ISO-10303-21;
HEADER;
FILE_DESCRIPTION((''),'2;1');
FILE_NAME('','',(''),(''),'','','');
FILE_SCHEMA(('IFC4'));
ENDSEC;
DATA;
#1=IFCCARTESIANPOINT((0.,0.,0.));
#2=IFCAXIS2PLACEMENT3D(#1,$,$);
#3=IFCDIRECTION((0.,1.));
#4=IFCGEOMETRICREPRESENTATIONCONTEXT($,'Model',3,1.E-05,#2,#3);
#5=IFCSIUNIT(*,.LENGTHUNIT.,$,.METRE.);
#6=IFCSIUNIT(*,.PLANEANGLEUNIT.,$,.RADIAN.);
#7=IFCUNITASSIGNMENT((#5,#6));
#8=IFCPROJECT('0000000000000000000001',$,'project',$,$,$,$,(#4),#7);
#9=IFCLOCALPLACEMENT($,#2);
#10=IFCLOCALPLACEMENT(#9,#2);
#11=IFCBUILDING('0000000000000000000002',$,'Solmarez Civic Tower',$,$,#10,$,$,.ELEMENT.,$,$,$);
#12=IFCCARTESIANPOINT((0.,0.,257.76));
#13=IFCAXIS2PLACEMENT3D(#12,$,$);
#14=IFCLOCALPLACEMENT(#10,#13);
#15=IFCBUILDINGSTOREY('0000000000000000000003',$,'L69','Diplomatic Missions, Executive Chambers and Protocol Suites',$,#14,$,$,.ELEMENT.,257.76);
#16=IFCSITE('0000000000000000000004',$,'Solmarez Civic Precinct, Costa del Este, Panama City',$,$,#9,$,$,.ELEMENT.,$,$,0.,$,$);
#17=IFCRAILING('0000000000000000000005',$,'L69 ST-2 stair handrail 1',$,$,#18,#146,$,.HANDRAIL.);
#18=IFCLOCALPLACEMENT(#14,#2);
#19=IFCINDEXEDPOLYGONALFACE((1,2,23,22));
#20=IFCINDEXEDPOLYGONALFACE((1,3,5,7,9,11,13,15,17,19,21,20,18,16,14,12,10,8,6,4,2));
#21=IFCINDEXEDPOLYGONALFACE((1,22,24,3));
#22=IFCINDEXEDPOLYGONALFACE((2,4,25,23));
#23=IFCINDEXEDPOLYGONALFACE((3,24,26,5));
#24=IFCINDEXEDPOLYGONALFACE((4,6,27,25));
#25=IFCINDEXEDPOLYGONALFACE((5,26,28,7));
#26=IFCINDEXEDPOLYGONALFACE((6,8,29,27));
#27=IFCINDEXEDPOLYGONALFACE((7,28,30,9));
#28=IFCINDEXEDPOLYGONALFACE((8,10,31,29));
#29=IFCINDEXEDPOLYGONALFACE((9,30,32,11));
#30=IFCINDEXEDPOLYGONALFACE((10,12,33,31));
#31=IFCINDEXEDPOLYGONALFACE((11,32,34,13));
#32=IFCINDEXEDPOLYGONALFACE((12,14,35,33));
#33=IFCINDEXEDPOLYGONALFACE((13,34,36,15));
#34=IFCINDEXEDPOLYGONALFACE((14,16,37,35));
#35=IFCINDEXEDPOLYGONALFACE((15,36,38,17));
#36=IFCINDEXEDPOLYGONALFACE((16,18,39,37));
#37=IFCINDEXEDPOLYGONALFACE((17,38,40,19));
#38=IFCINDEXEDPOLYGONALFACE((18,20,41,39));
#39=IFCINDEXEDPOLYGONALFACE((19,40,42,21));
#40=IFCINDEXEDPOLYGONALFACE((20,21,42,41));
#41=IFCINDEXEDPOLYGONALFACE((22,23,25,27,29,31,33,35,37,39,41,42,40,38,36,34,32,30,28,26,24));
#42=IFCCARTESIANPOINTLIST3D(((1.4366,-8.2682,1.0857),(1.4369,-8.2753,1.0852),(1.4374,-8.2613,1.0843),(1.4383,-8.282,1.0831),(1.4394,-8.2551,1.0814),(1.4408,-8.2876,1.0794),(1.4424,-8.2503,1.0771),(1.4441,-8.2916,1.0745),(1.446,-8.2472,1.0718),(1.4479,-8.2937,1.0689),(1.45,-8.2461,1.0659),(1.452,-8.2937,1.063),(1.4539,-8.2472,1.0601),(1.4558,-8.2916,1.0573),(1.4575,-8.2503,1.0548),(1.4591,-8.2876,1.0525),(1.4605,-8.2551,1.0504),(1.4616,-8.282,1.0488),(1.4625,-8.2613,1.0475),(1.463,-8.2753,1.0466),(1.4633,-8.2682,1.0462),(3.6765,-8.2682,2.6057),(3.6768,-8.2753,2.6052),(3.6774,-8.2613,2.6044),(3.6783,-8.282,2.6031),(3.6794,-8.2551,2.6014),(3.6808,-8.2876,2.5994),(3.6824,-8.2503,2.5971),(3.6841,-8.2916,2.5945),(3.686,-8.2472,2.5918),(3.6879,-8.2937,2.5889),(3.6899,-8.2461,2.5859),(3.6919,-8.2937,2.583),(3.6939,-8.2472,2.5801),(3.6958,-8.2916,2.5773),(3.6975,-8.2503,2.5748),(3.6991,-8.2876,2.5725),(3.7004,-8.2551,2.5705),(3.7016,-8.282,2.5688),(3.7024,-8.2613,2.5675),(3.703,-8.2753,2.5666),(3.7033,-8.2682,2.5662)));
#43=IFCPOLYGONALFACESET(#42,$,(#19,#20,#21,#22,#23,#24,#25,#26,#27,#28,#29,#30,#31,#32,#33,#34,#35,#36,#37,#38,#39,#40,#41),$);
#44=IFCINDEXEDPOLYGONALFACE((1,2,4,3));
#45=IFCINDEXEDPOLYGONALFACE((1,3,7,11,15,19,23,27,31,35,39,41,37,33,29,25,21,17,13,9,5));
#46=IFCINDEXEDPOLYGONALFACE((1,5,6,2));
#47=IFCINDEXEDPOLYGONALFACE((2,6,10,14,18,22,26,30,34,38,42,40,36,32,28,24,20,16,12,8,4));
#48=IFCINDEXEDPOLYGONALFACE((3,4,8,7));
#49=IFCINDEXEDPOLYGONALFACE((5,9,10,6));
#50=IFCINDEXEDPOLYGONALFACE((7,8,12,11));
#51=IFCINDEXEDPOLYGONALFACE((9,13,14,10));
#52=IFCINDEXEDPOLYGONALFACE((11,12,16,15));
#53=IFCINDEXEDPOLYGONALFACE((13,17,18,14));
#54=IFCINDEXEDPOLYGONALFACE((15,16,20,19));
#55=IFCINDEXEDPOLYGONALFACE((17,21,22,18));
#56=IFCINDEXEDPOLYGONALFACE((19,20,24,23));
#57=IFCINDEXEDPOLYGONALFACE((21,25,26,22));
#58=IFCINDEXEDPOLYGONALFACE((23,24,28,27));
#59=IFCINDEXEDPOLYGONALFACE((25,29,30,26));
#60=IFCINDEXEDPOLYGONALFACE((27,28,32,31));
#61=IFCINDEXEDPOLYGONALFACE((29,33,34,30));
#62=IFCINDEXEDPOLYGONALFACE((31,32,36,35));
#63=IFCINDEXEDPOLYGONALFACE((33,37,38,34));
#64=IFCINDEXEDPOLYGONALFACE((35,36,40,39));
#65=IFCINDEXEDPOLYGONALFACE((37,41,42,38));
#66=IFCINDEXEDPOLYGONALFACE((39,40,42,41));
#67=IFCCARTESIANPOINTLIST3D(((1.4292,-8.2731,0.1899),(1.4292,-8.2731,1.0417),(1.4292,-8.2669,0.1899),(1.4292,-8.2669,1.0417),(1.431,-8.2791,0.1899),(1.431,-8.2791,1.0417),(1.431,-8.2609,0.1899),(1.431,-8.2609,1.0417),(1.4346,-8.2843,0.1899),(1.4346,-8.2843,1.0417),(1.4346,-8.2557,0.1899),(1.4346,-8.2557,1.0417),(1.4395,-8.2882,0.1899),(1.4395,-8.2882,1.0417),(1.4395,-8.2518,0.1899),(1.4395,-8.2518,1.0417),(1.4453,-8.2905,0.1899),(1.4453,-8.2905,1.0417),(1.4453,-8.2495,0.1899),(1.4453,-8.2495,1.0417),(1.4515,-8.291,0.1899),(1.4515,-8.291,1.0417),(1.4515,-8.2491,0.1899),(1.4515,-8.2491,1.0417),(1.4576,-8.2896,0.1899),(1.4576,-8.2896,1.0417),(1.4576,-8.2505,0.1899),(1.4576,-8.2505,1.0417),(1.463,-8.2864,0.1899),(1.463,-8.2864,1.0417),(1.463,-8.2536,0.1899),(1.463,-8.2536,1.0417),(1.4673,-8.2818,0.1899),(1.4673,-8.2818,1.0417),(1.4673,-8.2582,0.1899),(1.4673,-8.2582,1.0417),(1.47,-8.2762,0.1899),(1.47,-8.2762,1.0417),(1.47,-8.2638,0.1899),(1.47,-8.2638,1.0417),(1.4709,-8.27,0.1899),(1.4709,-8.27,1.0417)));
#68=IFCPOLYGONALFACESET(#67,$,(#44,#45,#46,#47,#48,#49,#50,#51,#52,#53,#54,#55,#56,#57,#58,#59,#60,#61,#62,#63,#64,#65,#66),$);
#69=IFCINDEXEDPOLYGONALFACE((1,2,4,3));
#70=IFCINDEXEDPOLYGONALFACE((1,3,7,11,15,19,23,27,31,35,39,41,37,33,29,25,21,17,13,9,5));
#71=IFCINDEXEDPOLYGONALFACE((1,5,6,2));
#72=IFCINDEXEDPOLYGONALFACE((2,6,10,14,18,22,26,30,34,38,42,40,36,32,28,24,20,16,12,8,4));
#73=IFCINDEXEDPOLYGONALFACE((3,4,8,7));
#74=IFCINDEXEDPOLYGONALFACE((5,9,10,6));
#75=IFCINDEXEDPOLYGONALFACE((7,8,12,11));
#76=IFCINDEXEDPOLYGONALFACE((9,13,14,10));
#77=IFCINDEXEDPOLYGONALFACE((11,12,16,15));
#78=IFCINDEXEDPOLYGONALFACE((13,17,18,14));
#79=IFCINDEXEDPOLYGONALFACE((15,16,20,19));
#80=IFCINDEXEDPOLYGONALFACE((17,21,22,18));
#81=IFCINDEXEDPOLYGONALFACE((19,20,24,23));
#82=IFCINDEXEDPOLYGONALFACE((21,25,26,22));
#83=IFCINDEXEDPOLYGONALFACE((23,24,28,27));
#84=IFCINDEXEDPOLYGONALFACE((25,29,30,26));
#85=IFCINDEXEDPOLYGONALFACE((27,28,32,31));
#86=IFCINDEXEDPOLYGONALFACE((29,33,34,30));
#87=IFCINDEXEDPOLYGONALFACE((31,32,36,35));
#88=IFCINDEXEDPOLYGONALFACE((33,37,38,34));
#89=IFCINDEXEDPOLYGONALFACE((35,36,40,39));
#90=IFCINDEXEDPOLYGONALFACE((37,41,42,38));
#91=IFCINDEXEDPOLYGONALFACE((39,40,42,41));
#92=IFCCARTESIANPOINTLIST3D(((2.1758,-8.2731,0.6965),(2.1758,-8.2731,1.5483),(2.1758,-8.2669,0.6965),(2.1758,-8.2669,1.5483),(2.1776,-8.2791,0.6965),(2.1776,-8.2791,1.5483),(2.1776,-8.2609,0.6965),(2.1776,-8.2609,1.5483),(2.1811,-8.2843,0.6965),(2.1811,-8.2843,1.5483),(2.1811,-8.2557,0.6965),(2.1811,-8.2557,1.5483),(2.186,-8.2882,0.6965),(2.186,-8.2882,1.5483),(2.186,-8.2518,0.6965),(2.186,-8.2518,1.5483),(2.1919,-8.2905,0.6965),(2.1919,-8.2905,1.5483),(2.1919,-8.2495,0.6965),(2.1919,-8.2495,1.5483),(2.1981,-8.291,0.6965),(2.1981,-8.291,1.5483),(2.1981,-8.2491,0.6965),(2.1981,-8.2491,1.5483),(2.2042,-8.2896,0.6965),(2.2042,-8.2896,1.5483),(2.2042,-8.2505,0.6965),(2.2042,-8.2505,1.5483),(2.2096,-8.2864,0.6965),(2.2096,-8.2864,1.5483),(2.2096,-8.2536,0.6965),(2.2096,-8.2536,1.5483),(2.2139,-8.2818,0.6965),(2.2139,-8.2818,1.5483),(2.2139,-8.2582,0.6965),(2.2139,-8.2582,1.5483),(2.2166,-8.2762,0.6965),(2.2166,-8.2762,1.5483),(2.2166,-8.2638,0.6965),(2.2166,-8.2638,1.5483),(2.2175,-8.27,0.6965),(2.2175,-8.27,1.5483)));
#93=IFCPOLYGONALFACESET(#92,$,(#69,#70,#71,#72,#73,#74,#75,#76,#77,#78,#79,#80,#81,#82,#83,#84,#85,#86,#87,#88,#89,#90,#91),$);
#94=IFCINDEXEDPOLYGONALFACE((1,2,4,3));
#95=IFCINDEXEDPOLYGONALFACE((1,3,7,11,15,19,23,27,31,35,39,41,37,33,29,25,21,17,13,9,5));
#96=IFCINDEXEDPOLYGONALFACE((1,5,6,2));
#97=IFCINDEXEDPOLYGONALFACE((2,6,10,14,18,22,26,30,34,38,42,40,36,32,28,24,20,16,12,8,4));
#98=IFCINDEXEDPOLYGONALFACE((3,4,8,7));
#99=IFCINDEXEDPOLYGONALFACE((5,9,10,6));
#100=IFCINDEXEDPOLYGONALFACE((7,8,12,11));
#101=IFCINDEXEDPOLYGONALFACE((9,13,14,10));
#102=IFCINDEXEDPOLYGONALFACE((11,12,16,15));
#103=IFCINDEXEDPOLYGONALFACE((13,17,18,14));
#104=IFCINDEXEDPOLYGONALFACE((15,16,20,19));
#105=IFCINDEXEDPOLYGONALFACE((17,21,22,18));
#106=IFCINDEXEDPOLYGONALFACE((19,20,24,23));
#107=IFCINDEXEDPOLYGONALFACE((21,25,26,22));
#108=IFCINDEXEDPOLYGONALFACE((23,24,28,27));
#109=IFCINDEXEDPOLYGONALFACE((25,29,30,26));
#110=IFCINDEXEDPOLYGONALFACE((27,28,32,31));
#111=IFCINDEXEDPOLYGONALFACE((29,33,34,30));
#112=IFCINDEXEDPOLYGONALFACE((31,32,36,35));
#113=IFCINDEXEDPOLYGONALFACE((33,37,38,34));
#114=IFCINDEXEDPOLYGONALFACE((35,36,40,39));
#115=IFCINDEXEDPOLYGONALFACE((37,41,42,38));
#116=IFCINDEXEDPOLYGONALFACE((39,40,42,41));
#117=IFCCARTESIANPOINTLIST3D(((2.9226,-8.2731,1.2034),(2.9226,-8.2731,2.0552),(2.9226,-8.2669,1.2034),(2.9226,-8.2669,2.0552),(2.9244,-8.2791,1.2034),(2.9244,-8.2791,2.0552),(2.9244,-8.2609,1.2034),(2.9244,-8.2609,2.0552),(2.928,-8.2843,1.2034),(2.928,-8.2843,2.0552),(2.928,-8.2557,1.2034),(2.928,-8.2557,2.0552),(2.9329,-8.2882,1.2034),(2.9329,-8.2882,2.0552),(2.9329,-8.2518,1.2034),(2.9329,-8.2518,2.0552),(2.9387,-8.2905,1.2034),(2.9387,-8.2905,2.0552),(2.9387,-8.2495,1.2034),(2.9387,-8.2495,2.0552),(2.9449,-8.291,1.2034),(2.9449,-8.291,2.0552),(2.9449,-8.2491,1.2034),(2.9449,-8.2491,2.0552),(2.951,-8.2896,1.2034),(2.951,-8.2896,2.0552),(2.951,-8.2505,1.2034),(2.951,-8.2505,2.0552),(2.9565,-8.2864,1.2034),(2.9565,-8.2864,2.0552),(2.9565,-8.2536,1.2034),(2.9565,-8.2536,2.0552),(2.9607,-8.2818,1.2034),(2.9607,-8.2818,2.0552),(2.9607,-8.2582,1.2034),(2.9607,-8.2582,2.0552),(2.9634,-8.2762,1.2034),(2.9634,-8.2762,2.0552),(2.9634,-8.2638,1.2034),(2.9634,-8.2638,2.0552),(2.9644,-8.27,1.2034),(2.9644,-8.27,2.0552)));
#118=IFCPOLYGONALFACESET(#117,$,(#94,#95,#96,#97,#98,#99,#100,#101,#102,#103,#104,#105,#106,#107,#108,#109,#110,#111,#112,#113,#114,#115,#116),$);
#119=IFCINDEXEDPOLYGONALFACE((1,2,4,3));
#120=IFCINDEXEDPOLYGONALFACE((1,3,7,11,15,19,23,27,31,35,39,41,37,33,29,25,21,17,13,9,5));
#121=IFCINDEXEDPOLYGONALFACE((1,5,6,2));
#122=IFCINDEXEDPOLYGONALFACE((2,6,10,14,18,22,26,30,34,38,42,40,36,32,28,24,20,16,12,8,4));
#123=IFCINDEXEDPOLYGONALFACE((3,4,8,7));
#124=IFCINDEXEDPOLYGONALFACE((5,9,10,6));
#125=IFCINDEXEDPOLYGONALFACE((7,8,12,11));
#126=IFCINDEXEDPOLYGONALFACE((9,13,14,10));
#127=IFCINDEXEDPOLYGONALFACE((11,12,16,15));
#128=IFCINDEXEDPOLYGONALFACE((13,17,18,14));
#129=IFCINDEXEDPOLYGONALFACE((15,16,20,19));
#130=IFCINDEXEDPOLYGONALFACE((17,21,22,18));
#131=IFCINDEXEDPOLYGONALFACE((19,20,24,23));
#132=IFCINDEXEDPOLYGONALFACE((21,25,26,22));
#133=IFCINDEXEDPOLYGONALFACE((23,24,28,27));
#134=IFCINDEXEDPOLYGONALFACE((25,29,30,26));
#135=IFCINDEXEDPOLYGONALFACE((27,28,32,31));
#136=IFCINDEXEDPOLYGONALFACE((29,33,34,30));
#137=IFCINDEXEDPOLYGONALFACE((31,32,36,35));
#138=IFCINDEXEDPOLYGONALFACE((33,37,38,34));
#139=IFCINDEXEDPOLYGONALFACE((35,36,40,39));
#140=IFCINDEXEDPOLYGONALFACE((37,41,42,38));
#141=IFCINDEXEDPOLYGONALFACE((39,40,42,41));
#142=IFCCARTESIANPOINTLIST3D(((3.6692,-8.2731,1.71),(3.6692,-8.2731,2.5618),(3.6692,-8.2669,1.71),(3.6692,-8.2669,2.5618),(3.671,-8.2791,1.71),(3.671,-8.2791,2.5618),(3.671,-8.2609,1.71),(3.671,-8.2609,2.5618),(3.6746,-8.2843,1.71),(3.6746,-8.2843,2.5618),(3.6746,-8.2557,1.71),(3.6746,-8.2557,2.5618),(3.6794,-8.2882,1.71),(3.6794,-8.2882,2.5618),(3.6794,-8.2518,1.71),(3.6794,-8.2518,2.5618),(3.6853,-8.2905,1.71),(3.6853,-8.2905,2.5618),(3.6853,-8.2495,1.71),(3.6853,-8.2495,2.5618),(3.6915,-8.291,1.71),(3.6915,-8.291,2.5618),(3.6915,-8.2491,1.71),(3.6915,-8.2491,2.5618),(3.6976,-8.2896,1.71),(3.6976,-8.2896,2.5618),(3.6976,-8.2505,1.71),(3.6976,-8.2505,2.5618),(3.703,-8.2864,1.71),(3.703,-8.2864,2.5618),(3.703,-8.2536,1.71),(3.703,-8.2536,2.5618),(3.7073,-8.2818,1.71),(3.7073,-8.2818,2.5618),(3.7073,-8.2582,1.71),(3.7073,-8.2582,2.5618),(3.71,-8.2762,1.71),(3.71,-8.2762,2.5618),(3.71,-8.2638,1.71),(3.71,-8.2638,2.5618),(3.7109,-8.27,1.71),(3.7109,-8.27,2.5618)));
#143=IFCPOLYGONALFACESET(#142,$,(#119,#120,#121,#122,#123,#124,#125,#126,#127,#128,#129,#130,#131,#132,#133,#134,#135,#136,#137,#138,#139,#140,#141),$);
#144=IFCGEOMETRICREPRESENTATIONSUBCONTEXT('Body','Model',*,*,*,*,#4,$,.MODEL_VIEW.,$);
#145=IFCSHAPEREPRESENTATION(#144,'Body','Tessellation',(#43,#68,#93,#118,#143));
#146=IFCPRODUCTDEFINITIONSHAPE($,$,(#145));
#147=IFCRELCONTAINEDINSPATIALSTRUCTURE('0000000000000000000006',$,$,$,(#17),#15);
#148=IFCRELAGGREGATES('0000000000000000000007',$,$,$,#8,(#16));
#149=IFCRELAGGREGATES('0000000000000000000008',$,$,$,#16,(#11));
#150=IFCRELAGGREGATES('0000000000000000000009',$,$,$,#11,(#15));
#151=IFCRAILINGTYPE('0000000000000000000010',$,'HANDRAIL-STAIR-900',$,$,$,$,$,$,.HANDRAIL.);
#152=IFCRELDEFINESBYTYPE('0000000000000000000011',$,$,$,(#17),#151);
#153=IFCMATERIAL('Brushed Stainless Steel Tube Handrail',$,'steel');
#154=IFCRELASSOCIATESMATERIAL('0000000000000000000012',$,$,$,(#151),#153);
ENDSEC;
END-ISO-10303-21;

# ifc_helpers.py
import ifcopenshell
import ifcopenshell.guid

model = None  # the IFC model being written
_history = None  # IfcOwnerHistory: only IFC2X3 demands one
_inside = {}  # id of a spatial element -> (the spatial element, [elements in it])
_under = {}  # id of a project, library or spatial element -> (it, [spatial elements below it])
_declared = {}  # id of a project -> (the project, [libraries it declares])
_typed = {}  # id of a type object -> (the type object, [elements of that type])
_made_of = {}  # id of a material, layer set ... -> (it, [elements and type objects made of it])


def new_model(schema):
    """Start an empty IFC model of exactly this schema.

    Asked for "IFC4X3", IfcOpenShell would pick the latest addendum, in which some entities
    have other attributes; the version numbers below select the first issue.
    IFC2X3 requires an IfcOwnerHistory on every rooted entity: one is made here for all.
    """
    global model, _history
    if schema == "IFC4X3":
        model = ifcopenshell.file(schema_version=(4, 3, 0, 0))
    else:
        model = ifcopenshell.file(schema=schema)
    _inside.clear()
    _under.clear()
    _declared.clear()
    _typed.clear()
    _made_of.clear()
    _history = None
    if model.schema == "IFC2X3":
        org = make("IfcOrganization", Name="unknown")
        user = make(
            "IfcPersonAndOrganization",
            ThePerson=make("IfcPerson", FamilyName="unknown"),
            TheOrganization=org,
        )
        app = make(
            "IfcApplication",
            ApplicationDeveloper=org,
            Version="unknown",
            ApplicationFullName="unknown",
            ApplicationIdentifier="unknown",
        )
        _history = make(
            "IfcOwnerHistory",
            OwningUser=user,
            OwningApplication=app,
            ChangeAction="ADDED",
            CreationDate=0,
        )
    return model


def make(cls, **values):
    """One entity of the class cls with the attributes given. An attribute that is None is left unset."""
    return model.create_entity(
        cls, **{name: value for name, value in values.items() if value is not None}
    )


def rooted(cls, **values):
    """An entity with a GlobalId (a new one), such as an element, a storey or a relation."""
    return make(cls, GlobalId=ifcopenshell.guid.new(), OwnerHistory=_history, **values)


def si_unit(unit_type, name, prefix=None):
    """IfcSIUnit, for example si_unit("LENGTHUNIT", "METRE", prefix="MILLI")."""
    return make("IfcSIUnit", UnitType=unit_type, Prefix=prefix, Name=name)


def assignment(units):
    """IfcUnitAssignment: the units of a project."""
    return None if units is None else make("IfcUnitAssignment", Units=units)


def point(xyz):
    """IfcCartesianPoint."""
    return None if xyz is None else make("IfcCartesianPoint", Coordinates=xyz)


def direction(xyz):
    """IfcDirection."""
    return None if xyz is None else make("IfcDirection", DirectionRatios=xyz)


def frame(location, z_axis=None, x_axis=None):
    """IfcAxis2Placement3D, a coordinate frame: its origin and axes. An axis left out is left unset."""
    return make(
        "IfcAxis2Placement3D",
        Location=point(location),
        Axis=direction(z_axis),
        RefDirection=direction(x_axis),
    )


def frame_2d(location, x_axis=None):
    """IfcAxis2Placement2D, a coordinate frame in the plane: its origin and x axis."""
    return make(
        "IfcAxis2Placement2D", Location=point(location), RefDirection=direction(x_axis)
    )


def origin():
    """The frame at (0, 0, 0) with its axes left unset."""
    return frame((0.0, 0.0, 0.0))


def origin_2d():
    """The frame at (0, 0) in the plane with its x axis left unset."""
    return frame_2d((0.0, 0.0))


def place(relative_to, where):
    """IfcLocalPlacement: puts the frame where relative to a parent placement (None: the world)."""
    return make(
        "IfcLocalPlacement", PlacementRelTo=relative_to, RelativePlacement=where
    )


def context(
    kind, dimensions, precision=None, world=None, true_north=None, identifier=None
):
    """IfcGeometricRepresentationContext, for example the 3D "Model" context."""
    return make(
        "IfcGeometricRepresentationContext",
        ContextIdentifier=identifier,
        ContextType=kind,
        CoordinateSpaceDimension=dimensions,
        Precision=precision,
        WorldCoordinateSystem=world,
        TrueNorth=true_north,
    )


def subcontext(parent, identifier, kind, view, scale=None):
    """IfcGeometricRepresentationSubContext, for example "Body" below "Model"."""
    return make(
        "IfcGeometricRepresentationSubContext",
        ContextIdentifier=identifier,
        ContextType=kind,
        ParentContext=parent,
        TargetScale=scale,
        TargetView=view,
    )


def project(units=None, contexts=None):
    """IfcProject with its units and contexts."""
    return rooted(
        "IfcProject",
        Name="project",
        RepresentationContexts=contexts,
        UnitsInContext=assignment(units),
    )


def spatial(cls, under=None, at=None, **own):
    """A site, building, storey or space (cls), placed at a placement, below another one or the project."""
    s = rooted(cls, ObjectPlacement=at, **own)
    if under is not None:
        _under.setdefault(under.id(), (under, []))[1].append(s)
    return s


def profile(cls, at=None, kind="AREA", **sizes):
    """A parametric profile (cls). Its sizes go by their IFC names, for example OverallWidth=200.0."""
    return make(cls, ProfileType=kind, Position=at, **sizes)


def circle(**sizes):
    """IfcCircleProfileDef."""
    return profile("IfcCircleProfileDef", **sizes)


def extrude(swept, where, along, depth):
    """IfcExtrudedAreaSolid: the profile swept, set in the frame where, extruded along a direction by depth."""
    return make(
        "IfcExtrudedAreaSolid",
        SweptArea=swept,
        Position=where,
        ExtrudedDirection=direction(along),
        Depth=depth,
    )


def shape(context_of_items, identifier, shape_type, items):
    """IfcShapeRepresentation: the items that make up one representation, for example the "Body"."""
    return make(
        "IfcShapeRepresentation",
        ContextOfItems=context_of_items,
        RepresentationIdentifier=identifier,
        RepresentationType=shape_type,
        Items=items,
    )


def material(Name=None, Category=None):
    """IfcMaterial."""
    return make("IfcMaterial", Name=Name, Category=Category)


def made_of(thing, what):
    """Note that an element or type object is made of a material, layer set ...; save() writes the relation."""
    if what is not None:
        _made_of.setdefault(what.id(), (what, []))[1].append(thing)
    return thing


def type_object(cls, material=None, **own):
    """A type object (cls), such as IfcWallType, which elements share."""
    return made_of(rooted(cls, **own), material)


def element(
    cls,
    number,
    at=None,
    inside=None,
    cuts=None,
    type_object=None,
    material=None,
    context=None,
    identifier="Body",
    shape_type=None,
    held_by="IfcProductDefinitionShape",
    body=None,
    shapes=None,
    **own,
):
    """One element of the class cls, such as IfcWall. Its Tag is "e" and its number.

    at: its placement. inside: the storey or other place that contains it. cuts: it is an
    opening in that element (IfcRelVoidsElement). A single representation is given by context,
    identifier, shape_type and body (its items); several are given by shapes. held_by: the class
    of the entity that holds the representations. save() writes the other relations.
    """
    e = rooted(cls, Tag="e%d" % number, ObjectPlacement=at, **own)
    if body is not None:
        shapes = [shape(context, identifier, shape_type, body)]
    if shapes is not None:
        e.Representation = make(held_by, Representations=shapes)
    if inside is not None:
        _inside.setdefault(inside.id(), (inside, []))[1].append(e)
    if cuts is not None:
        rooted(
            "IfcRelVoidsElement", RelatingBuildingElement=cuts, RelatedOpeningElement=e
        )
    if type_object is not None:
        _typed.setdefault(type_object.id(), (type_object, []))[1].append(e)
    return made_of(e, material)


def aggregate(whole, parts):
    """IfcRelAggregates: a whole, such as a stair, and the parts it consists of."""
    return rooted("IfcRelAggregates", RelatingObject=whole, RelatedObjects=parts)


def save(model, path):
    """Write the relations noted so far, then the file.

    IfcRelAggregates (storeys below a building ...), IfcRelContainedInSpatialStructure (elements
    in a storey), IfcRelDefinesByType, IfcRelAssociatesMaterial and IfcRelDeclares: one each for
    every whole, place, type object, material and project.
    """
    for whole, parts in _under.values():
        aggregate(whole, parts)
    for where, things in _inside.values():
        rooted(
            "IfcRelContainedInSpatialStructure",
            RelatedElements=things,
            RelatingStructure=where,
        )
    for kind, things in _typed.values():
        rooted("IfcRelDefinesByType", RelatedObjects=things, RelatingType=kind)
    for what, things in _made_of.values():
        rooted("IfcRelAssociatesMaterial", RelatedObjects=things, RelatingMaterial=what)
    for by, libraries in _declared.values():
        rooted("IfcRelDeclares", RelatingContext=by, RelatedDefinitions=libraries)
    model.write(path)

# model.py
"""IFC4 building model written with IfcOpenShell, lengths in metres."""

from ifc_helpers import new_model, si_unit, direction, frame, origin, origin_2d, place, context, subcontext, project, spatial, circle, extrude, material, type_object, element, save


model = new_model("IFC4")

# Units and contexts
model_context = context("Model", 3, precision=1e-05, world=origin(), true_north=direction((0.0, 1.0)))
body_context = subcontext(model_context, "Body", "Model", "MODEL_VIEW")
ifc_project = project(units=[si_unit("LENGTHUNIT", "METRE"), si_unit("PLANEANGLEUNIT", "RADIAN")], contexts=[model_context])

# Site, building, storey
site_placement = place(None, origin())
site = spatial("IfcSite", under=ifc_project, at=site_placement, Name="Solmarez Civic Precinct, Costa del Este, Panama City", CompositionType="ELEMENT", RefElevation=0.0)
building_placement = place(site_placement, origin())
building = spatial("IfcBuilding", under=site, at=building_placement, Name="Solmarez Civic Tower", CompositionType="ELEMENT")
storey_placement = place(building_placement, frame((0.0, 0.0, 257.76)))
storey = spatial("IfcBuildingStorey", under=building, at=storey_placement, Name="L69", Description="Diplomatic Missions, Executive Chambers and Protocol Suites", CompositionType="ELEMENT", Elevation=257.76)

# Railing
ifc_material_1 = material(Name="Brushed Stainless Steel Tube Handrail", Category="steel")
railing_type_1 = type_object("IfcRailingType", Name="HANDRAIL-STAIR-900", PredefinedType="HANDRAIL", material=ifc_material_1)
railing_1_placement = place(storey_placement, frame((1.45, -8.27, 0.1899)))
element("IfcRailing", 1, at=railing_1_placement, inside=storey, type_object=railing_type_1, Name="L69 ST-2 stair handrail 1", PredefinedType="HANDRAIL", context=body_context, shape_type="SweptSolid", body=[
    extrude(circle(Radius=0.0239, at=origin_2d()), frame((0.0, 0.0, 0.876), z_axis=(0.827471, 0.0, 0.561508), x_axis=(0.0, 1.0, 0.0)), (0.0, 0.0, 1.0), 2.707),
    extrude(circle(Radius=0.021, at=origin_2d()), origin(), (0.0, 0.0, 1.0), 0.8518),
    extrude(circle(Radius=0.021, at=origin_2d()), frame((0.7466, 0.0, 0.5066)), (0.0, 0.0, 1.0), 0.8518),
    extrude(circle(Radius=0.021, at=origin_2d()), frame((1.4934, 0.0, 1.0134)), (0.0, 0.0, 1.0), 0.8518),
    extrude(circle(Radius=0.021, at=origin_2d()), frame((2.24, 0.0, 1.52)), (0.0, 0.0, 1.0), 0.8518),
])

save(model, "model.ifc")
